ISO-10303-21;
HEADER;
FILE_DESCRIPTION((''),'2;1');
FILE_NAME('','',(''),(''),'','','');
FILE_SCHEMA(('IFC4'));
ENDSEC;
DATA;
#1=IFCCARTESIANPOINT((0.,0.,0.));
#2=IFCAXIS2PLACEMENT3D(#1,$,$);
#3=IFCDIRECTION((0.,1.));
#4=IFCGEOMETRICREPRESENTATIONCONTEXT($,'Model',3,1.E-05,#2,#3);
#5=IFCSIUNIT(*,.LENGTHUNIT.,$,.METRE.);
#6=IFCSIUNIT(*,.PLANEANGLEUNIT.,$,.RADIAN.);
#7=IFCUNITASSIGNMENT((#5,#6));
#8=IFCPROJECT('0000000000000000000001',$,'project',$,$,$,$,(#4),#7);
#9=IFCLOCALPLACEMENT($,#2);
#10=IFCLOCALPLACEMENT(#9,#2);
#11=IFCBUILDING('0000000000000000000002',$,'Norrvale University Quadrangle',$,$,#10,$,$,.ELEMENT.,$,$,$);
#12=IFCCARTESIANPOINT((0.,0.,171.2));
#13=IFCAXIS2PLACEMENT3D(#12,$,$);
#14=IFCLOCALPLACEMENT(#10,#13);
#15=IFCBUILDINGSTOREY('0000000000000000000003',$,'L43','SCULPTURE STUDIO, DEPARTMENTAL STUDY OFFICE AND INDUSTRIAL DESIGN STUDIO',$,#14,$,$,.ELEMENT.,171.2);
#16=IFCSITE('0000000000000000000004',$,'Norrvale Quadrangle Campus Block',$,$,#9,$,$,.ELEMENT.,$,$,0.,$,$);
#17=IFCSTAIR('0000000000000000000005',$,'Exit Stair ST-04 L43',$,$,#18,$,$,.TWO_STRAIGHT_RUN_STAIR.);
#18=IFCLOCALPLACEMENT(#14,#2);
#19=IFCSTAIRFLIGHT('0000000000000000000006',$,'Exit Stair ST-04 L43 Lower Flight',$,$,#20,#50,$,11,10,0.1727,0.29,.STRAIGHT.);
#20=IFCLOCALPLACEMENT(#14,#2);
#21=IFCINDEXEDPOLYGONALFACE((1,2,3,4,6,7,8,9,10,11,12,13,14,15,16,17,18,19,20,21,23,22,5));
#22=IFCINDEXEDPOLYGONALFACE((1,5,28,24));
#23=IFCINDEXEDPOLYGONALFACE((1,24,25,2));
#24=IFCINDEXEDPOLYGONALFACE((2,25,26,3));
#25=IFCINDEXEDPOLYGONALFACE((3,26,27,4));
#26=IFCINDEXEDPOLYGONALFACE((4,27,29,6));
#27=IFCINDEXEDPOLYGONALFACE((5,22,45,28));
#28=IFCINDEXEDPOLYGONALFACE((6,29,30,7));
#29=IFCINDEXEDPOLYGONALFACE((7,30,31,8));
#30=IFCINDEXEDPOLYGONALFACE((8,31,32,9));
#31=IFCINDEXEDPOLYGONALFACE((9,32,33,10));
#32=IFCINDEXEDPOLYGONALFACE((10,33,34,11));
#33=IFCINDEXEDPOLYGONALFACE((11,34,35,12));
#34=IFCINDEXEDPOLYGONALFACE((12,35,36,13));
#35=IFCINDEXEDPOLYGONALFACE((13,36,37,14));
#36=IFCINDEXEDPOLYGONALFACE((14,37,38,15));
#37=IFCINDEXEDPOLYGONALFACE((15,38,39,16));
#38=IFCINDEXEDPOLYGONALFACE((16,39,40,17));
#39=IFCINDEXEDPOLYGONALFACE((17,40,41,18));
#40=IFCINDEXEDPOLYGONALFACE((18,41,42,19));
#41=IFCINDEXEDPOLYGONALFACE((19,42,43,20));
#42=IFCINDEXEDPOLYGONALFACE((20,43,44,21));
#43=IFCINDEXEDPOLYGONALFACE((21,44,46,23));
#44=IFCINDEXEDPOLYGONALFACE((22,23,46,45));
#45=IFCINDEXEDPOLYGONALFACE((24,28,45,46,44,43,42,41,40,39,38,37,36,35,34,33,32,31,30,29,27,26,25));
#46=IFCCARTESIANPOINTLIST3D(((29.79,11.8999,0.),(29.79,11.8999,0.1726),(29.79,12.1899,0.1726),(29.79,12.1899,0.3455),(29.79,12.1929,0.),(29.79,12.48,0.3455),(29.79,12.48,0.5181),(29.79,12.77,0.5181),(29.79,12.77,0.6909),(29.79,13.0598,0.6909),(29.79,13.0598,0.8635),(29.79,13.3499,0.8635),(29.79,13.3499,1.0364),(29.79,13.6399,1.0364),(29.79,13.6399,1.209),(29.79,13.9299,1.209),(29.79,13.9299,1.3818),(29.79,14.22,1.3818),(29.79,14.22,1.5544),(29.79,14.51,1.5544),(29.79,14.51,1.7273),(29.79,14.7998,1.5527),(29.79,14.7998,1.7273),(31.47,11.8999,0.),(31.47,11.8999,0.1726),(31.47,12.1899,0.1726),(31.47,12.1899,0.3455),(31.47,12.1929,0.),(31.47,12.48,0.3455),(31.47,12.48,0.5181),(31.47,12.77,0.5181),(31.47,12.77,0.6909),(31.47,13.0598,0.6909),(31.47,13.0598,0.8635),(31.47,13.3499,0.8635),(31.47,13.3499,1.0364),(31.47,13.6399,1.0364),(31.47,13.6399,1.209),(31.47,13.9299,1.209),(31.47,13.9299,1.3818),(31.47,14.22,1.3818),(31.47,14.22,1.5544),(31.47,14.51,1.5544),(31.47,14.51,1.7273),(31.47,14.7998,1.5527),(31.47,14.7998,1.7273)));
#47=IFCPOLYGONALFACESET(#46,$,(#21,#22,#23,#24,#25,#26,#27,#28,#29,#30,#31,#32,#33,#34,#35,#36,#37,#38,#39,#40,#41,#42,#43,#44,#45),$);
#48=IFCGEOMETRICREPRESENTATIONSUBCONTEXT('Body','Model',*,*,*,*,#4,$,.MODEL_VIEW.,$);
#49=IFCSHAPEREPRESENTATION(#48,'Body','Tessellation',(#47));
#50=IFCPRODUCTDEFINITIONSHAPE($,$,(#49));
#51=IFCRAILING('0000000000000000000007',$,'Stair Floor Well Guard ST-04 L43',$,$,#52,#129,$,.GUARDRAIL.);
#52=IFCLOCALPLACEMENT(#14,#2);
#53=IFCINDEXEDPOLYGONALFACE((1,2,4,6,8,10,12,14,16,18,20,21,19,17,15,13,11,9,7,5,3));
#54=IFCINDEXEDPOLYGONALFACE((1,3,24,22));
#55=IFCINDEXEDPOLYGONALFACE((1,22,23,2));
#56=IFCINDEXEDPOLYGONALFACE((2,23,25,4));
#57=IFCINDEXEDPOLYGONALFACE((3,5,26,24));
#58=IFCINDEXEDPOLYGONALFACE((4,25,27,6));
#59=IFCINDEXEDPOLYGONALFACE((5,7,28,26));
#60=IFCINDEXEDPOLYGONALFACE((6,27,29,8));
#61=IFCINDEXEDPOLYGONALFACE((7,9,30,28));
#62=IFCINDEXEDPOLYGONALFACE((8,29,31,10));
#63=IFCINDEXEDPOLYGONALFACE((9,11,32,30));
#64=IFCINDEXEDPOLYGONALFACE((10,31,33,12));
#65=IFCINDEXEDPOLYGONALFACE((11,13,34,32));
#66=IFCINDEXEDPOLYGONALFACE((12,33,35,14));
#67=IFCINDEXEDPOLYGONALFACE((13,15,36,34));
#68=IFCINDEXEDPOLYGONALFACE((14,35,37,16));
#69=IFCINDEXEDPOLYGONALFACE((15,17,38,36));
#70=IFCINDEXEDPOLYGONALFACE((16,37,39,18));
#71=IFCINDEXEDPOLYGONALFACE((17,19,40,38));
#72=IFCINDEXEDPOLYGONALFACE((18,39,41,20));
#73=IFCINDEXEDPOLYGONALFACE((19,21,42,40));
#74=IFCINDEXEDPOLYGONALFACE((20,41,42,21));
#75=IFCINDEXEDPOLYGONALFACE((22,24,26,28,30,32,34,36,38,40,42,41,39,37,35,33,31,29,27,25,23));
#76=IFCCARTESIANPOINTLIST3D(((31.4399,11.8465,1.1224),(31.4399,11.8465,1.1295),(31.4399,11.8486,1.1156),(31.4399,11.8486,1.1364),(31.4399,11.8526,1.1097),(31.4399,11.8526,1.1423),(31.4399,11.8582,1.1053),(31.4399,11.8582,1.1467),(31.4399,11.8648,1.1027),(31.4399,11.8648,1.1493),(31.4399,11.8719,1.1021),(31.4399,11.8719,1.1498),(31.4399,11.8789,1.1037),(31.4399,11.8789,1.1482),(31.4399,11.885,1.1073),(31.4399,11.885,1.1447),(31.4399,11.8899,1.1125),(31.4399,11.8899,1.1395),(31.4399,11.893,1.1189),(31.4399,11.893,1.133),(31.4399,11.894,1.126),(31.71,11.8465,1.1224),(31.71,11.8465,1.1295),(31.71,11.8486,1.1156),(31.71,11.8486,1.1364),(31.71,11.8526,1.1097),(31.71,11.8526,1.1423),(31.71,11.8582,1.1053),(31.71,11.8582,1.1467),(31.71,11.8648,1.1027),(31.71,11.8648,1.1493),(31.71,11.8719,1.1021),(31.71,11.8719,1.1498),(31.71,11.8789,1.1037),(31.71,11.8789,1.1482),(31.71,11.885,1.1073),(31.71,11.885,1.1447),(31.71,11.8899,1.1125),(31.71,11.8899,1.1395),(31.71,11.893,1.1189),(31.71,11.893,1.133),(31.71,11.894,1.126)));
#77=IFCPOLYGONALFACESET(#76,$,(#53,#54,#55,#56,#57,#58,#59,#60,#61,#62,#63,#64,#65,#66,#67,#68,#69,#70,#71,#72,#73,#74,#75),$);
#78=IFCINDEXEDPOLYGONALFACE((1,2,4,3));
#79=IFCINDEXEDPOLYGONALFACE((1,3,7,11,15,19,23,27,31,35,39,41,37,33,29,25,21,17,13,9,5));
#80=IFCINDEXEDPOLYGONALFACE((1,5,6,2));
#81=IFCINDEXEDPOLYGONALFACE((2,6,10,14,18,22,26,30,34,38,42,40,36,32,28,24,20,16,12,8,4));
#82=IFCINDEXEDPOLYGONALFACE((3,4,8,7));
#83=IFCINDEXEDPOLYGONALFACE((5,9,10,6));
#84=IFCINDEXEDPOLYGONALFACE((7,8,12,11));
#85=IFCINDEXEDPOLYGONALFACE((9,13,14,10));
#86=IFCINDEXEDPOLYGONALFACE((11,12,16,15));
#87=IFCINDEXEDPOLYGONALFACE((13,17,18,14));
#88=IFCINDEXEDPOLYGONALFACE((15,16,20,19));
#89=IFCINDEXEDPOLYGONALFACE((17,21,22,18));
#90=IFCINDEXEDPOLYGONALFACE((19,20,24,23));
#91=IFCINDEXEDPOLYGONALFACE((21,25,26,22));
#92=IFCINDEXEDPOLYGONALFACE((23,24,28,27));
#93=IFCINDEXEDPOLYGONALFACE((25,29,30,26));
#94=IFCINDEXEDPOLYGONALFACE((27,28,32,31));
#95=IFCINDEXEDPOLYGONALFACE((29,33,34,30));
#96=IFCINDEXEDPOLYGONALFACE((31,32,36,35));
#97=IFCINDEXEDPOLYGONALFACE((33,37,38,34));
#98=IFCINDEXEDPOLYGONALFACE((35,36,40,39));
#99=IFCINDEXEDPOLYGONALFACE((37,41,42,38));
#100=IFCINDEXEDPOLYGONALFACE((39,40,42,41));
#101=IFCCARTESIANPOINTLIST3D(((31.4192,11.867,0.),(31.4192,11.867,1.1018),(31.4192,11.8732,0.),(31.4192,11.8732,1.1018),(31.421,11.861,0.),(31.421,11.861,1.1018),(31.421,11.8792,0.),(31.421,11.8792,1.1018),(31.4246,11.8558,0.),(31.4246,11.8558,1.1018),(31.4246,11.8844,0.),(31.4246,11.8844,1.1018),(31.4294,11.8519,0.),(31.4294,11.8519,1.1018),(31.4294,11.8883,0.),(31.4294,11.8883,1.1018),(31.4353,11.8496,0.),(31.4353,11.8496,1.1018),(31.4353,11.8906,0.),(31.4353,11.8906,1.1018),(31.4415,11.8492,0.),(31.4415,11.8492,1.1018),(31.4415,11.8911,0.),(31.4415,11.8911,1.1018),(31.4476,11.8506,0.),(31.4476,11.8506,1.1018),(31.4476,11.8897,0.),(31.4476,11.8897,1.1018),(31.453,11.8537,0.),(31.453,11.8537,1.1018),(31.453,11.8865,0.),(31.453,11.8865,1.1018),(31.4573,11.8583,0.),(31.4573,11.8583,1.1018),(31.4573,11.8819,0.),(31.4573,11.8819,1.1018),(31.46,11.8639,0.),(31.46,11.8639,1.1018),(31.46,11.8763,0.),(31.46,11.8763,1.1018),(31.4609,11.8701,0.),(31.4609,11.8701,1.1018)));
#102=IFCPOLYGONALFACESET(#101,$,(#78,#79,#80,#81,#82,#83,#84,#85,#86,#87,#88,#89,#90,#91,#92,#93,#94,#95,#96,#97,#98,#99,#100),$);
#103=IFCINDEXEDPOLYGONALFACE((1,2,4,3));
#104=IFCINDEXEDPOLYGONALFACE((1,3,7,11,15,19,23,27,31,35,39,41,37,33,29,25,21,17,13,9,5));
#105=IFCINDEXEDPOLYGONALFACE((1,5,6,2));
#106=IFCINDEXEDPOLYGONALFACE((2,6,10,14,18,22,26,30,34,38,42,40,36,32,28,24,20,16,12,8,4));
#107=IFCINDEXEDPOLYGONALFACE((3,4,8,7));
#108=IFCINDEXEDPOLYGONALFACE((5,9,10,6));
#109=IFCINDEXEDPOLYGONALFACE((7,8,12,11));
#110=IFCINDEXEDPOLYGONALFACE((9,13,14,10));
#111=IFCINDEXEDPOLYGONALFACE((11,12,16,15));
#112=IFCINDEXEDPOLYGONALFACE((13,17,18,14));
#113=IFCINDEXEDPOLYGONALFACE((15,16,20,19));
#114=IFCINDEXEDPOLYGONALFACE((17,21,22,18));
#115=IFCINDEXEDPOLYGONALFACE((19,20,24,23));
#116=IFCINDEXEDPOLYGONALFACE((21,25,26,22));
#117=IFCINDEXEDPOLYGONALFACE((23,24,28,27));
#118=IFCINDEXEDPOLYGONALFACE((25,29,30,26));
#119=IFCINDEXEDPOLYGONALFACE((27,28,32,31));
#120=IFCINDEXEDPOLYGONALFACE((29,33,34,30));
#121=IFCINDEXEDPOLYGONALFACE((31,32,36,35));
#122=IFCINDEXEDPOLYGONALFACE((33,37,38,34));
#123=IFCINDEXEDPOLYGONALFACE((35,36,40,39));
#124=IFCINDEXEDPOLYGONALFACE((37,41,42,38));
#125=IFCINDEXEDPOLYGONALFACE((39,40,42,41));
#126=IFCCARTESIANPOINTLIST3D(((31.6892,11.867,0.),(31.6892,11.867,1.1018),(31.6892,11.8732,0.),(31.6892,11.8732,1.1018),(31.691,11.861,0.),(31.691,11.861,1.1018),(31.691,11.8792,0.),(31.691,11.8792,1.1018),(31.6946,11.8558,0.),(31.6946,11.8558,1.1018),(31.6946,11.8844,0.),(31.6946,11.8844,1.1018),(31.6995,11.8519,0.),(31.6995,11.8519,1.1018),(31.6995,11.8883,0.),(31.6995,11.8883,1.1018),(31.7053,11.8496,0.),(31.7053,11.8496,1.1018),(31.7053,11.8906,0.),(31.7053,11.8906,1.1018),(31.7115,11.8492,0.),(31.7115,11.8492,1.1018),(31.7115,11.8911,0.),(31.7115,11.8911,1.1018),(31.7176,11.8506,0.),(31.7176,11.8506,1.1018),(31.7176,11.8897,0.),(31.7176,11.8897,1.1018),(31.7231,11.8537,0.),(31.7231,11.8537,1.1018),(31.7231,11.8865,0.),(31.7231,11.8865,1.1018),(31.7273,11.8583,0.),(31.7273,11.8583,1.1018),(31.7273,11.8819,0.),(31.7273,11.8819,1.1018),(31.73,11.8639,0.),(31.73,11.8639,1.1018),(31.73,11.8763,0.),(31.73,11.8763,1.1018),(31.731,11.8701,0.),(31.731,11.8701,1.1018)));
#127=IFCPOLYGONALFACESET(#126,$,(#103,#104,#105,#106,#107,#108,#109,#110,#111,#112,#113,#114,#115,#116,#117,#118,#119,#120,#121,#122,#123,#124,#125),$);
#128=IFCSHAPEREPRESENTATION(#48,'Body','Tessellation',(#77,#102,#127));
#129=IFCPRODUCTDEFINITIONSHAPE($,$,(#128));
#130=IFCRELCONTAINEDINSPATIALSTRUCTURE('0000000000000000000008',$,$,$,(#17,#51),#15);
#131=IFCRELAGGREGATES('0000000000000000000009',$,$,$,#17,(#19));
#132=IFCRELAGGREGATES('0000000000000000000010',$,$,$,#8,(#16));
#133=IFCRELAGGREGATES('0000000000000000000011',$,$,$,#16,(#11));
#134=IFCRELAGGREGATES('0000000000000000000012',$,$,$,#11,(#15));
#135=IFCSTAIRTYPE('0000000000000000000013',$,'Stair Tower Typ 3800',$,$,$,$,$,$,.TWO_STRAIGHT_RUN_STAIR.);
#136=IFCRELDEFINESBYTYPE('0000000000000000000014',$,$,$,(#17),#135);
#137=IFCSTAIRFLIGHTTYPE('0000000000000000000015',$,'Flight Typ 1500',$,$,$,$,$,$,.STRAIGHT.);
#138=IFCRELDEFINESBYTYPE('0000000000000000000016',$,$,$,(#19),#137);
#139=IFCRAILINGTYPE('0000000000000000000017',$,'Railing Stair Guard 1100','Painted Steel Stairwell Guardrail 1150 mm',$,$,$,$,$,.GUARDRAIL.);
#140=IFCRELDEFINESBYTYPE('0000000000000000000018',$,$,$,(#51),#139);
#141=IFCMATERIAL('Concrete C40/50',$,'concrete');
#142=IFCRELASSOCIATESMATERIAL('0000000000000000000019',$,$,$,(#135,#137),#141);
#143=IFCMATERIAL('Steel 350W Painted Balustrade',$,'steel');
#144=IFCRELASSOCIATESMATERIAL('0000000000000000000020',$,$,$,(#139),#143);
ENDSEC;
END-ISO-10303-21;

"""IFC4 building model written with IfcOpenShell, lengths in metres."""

from ifc_helpers import new_model, si_unit, direction, frame, origin, origin_2d, place, context, subcontext, project, spatial, polyline, circle, outline, extrude, material, type_object, element, aggregate, save


model = new_model("IFC4")

# Units and contexts
model_context = context("Model", 3, precision=1e-05, world=origin(), true_north=direction((0.0, 1.0)))
body_context = subcontext(model_context, "Body", "Model", "MODEL_VIEW")
ifc_project = project(units=[si_unit("LENGTHUNIT", "METRE"), si_unit("PLANEANGLEUNIT", "RADIAN")], contexts=[model_context])

# Site, building, storey
site_placement = place(None, origin())
site = spatial("IfcSite", under=ifc_project, at=site_placement, Name="Norrvale Quadrangle Campus Block", CompositionType="ELEMENT", RefElevation=0.0)
building_placement = place(site_placement, origin())
building = spatial("IfcBuilding", under=site, at=building_placement, Name="Norrvale University Quadrangle", CompositionType="ELEMENT")
storey_placement = place(building_placement, frame((0.0, 0.0, 171.2)))
storey = spatial("IfcBuildingStorey", under=building, at=storey_placement, Name="L43", Description="SCULPTURE STUDIO, DEPARTMENTAL STUDY OFFICE AND INDUSTRIAL DESIGN STUDIO", CompositionType="ELEMENT", Elevation=171.2)

# Stair, stair flight
ifc_material_1 = material(Name="Concrete C40/50", Category="concrete")
stair_type = type_object("IfcStairType", Name="Stair Tower Typ 3800", PredefinedType="TWO_STRAIGHT_RUN_STAIR", material=ifc_material_1)
stair_placement = place(storey_placement, origin())
stair = element("IfcStair", 1, at=stair_placement, inside=storey, type_object=stair_type, Name="Exit Stair ST-04 L43", PredefinedType="TWO_STRAIGHT_RUN_STAIR")
stair_flight_type = type_object("IfcStairFlightType", Name="Flight Typ 1500", PredefinedType="STRAIGHT", material=ifc_material_1)
stair_flight_placement = place(storey_placement, frame((30.6299, 11.8999, 0.0), z_axis=(0.0, 0.0, 1.0), x_axis=(0.0, 1.0, 0.0)))
stair_flight = element("IfcStairFlight", 2, at=stair_flight_placement, type_object=stair_flight_type, Name="Exit Stair ST-04 L43 Lower Flight", NumberOfRisers=11, NumberOfTreads=10, PredefinedType="STRAIGHT", RiserHeight=0.1727, TreadLength=0.29, context=body_context, shape_type="SweptSolid", body=[
    extrude(outline(polyline([(0.0, 0.0), (0.0, 0.1726), (0.29, 0.1726), (0.29, 0.3455), (0.5801, 0.3455), (0.5801, 0.5181), (0.8701, 0.5181), (0.8701, 0.6909), (1.1599, 0.6909), (1.1599, 0.8635), (1.45, 0.8635), (1.45, 1.0364), (1.74, 1.0364), (1.74, 1.209), (2.03, 1.209), (2.03, 1.3818), (2.3201, 1.3818), (2.3201, 1.5544), (2.6101, 1.5544), (2.6101, 1.7273), (2.8999, 1.7273), (2.8999, 1.8999), (2.8999, 1.5527), (0.293, 0.0), (0.0, 0.0)])), frame((0.0, 0.8398, 0.0), z_axis=(0.0, -1.0, 0.0), x_axis=(1.0, 0.0, 0.0)), (0.0, 0.0, 1.0), 1.6799),
])
aggregate(stair, [stair_flight])

# Railing
ifc_material_2 = material(Name="Steel 350W Painted Balustrade", Category="steel")
railing_type_1 = type_object("IfcRailingType", Name="Railing Stair Guard 1100", Description="Painted Steel Stairwell Guardrail 1150 mm", PredefinedType="GUARDRAIL", material=ifc_material_2)
railing_1_placement = place(storey_placement, frame((31.4399, 11.8701, 0.0)))
element("IfcRailing", 3, at=railing_1_placement, inside=storey, type_object=railing_type_1, Name="Stair Floor Well Guard ST-04 L43", PredefinedType="GUARDRAIL", context=body_context, shape_type="SweptSolid", body=[
    extrude(circle(Radius=0.0239, at=origin_2d()), frame((0.0, 0.0, 1.126), z_axis=(1.0, 0.0, 0.0), x_axis=(0.0, 1.0, 0.0)), (0.0, 0.0, 1.0), 0.27),
    extrude(circle(Radius=0.021, at=origin_2d()), origin(), (0.0, 0.0, 1.0), 1.1018),
    extrude(circle(Radius=0.021, at=origin_2d()), frame((0.27, 0.0, 0.0)), (0.0, 0.0, 1.0), 1.1018),
])

save(model, "model.ifc")
